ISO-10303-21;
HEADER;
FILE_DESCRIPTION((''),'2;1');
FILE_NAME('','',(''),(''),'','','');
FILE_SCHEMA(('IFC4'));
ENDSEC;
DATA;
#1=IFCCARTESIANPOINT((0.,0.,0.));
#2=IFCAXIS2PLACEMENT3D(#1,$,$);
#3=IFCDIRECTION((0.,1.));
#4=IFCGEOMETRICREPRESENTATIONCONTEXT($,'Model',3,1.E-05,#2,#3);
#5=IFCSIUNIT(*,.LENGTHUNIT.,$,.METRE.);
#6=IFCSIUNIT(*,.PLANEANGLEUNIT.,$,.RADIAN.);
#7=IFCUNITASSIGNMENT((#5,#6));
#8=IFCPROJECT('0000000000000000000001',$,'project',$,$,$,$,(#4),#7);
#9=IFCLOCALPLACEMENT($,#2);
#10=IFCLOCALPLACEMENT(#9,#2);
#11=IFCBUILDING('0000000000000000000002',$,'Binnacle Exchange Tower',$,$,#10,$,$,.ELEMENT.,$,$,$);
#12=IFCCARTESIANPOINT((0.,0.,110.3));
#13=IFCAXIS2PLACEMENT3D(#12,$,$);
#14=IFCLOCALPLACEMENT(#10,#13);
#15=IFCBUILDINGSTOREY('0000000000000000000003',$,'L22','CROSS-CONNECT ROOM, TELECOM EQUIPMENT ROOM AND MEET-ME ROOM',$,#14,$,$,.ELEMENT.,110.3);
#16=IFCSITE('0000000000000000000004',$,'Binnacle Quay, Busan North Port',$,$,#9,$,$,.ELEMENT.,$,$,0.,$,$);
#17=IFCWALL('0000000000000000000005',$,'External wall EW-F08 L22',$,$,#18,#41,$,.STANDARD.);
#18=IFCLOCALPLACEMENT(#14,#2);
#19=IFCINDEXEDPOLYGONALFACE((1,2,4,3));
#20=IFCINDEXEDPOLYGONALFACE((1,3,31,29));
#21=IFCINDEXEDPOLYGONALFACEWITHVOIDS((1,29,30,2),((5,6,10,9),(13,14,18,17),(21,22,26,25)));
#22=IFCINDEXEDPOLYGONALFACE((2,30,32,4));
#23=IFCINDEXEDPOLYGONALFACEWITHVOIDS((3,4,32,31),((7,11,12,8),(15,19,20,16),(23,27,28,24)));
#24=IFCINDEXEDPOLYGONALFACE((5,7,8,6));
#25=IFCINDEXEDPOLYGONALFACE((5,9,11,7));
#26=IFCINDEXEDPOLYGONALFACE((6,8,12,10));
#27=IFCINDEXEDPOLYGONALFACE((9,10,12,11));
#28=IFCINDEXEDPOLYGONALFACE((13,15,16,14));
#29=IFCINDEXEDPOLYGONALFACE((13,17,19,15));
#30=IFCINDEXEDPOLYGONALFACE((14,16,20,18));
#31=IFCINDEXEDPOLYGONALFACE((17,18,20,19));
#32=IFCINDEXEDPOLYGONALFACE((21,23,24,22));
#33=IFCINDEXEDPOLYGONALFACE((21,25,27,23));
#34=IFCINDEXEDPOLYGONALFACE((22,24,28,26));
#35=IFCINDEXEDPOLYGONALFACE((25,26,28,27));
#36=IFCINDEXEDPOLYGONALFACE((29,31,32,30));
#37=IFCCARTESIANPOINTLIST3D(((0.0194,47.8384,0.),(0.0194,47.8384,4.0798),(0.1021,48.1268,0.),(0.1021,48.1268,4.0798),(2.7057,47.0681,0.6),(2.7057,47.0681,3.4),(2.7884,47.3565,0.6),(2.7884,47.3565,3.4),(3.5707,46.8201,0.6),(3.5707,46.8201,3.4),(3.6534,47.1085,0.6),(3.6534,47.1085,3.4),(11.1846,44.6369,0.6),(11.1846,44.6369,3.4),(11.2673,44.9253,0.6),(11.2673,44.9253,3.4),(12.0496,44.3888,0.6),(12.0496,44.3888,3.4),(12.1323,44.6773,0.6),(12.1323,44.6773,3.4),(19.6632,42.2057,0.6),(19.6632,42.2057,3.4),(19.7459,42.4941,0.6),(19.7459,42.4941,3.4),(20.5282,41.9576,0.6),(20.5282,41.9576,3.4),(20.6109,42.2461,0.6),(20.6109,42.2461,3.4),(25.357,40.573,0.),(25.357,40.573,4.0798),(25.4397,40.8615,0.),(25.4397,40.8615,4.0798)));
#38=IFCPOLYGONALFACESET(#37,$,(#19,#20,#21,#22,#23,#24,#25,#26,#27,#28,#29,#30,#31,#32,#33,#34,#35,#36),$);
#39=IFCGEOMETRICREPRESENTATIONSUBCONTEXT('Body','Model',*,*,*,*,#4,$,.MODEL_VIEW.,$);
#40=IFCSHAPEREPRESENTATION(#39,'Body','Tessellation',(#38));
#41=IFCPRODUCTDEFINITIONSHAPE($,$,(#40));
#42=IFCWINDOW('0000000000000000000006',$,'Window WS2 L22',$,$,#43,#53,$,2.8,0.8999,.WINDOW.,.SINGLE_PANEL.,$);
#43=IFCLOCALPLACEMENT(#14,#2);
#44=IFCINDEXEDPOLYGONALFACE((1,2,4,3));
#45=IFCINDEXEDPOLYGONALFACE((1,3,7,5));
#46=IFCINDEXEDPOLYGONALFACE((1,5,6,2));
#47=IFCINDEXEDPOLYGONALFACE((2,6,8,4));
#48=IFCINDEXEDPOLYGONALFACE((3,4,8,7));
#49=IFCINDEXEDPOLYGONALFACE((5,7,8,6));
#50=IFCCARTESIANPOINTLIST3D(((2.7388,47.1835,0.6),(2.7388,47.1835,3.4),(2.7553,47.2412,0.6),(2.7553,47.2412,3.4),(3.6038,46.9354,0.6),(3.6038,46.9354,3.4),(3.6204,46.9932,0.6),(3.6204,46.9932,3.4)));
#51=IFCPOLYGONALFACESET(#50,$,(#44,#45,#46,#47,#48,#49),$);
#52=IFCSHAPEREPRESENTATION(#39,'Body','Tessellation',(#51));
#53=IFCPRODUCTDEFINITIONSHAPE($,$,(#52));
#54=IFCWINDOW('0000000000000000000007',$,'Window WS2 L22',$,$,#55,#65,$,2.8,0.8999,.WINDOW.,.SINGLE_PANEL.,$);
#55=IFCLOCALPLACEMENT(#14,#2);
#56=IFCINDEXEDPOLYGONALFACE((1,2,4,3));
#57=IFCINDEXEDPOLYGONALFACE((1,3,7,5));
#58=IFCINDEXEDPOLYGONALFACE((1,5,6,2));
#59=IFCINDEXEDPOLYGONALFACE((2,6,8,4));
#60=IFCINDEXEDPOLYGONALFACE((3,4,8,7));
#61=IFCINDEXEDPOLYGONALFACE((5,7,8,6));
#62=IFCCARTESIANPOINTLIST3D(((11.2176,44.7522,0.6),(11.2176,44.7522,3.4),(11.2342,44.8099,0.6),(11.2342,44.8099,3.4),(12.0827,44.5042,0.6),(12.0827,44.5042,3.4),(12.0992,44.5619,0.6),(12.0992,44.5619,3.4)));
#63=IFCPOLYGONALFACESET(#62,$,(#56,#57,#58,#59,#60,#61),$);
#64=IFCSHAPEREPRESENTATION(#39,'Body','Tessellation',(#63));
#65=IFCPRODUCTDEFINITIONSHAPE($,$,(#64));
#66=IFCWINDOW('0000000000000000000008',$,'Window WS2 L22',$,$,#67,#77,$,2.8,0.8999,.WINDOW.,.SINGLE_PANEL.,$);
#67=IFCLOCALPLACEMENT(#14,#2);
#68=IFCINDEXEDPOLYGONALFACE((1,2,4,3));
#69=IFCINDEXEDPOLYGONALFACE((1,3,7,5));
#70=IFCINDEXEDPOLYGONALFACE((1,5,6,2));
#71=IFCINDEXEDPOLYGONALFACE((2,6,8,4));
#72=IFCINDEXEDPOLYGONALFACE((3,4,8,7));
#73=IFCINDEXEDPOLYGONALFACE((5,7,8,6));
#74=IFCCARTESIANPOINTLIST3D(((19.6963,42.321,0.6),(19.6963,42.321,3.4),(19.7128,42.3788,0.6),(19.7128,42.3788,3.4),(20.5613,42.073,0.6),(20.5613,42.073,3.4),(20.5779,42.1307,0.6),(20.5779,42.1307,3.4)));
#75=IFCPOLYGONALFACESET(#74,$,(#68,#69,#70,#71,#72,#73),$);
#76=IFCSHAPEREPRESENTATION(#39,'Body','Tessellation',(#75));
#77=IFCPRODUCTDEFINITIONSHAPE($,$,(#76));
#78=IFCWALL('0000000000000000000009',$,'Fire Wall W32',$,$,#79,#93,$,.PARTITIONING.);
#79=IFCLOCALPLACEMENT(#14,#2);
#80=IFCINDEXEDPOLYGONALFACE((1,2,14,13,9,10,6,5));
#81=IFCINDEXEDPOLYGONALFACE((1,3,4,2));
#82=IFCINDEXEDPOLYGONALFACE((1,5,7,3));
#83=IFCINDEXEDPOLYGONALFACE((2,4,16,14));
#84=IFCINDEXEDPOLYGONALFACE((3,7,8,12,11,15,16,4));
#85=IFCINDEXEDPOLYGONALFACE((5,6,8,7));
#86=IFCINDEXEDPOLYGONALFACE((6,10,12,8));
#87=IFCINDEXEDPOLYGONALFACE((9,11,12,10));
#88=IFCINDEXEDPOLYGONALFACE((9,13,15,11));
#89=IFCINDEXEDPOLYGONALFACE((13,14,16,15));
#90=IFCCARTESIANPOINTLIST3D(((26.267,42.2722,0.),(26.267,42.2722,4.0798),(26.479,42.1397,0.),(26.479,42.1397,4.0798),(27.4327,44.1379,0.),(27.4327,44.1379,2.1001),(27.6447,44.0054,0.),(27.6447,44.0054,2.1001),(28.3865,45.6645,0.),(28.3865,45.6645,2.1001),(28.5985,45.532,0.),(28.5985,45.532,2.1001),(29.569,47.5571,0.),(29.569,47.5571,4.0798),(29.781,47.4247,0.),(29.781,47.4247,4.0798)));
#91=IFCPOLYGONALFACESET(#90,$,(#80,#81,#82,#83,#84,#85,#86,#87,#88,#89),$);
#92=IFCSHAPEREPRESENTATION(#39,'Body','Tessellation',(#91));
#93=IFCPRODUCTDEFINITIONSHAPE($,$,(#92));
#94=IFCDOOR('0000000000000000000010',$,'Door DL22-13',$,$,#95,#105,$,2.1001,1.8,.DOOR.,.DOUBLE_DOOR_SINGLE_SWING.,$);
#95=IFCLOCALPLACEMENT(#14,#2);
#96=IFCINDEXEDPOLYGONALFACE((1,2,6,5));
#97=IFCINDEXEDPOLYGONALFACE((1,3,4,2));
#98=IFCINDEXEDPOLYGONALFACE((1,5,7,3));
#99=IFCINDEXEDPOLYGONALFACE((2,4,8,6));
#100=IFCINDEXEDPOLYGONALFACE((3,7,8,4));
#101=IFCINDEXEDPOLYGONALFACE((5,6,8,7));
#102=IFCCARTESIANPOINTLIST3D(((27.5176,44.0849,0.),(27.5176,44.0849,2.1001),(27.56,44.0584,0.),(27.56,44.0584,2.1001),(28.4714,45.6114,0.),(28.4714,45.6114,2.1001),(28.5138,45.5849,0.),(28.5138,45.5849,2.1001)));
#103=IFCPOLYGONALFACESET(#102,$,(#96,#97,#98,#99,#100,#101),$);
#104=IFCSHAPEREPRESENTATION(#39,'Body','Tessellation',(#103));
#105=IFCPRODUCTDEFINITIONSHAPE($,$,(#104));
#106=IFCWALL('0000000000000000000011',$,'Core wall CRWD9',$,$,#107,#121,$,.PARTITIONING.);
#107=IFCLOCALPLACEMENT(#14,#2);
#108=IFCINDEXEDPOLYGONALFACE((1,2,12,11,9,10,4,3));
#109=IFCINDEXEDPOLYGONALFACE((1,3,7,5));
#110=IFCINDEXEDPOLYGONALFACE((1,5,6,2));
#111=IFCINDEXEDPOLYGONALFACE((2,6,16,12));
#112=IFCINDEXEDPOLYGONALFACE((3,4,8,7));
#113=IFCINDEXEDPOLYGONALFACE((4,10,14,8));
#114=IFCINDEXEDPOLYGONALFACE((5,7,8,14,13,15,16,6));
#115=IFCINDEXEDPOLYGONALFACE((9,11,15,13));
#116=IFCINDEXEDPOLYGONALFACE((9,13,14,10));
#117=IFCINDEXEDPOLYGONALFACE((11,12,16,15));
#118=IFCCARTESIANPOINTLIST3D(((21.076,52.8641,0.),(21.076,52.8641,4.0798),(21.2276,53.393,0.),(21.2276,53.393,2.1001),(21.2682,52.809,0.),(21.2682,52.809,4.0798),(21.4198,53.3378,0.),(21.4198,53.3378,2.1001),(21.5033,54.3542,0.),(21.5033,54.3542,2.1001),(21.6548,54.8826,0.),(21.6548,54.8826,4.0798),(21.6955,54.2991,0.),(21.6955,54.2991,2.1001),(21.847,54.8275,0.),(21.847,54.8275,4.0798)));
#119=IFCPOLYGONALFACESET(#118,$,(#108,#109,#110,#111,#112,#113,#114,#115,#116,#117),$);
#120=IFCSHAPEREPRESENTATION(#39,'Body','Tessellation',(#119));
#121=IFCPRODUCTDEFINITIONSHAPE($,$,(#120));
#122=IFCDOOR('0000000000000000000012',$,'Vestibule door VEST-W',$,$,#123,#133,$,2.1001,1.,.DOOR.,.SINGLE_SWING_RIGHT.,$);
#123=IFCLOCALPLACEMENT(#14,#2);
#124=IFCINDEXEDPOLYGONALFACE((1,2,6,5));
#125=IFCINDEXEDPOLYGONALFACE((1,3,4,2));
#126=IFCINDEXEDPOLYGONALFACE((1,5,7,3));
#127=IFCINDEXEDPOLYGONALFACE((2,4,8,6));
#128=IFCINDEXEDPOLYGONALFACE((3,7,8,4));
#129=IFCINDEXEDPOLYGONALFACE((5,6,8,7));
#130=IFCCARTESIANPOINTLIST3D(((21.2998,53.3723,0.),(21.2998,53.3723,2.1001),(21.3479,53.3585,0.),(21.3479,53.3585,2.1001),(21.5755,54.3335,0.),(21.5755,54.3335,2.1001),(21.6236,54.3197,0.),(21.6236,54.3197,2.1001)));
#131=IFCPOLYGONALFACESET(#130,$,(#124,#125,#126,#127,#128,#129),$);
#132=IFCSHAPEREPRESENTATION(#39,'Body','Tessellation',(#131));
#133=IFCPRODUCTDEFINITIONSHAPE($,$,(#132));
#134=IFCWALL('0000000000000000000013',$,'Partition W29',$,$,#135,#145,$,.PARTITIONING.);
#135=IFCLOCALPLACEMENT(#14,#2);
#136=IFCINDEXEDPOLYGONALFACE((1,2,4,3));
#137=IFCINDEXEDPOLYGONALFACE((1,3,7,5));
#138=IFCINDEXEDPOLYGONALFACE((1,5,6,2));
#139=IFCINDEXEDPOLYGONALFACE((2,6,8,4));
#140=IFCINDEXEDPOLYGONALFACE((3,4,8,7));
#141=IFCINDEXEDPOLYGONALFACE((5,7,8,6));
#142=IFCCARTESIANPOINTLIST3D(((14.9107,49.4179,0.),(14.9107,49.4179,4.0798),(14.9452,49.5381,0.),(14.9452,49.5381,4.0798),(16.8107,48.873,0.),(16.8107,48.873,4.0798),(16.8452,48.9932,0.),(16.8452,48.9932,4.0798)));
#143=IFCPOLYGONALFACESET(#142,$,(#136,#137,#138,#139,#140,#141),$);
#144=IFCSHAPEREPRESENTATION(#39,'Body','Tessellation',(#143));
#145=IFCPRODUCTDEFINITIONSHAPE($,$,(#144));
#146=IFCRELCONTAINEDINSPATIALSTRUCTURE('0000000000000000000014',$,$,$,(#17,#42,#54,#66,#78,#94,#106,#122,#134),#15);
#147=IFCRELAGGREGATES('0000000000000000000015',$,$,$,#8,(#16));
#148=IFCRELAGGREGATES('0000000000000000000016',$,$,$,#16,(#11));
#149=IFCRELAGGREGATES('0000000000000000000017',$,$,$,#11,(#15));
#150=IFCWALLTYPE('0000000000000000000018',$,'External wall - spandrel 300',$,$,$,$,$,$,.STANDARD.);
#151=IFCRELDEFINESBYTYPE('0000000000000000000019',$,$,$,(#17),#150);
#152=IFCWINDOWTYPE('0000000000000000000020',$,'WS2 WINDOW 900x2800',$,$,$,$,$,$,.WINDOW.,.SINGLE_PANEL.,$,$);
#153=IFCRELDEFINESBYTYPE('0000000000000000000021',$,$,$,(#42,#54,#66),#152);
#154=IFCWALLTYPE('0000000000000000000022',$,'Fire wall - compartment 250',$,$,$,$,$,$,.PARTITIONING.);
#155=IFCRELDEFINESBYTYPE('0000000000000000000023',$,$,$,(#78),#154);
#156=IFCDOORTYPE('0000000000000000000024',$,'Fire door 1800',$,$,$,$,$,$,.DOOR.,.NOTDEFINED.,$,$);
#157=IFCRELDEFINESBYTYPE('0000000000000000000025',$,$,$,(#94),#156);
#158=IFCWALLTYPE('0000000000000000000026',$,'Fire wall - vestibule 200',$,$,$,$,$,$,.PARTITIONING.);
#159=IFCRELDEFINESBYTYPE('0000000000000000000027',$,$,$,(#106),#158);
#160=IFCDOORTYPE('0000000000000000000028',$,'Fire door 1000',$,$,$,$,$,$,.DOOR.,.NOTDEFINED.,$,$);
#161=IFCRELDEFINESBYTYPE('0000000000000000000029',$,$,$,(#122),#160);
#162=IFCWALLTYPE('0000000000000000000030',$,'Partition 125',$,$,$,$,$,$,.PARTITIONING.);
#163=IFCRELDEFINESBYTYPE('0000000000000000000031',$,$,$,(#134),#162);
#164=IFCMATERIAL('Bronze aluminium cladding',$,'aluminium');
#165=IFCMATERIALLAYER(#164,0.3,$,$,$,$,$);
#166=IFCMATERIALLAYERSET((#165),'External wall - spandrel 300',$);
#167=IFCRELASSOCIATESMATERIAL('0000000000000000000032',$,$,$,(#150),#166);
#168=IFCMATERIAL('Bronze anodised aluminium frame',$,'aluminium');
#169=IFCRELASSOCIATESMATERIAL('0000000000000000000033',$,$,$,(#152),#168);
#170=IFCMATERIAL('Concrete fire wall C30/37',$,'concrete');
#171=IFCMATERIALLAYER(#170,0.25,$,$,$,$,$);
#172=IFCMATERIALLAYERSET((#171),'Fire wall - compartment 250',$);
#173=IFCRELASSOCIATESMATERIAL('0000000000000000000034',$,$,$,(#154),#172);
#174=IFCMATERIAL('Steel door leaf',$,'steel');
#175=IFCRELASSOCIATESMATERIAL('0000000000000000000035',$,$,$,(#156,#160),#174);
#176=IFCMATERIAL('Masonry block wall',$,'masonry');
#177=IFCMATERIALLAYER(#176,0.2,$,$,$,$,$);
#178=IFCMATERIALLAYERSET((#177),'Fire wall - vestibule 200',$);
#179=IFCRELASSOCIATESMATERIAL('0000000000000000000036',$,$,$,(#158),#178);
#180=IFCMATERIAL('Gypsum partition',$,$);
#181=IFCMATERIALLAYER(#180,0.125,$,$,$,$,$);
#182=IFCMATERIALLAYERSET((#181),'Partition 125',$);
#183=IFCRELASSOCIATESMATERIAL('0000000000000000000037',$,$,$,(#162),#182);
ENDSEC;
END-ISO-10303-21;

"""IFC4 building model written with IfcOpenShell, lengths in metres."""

from ifc_helpers import new_model, si_unit, direction, frame, frame_2d, origin, place, context, subcontext, project, spatial, rectangle, extrude, material, layer, layer_set, type_object, element, fill, save


model = new_model("IFC4")

# Units and contexts
model_context = context("Model", 3, precision=1e-05, world=origin(), true_north=direction((0.0, 1.0)))
body_context = subcontext(model_context, "Body", "Model", "MODEL_VIEW")
ifc_project = project(units=[si_unit("LENGTHUNIT", "METRE"), si_unit("PLANEANGLEUNIT", "RADIAN")], contexts=[model_context])

# Site, building, storey
site_placement = place(None, origin())
site = spatial("IfcSite", under=ifc_project, at=site_placement, Name="Binnacle Quay, Busan North Port", CompositionType="ELEMENT", RefElevation=0.0)
building_placement = place(site_placement, origin())
building = spatial("IfcBuilding", under=site, at=building_placement, Name="Binnacle Exchange Tower", CompositionType="ELEMENT")
storey_placement = place(building_placement, frame((0.0, 0.0, 110.3)))
storey = spatial("IfcBuildingStorey", under=building, at=storey_placement, Name="L22", Description="CROSS-CONNECT ROOM, TELECOM EQUIPMENT ROOM AND MEET-ME ROOM", CompositionType="ELEMENT", Elevation=110.3)

# Shared definitions
ifc_material_1 = material(Name="Steel door leaf", Category="steel")

# Wall, openings, windows
ifc_material_2 = material(Name="Bronze aluminium cladding", Category="aluminium")
ifc_layer_1 = layer(ifc_material_2, 0.3)
ifc_layer_set_1 = layer_set([ifc_layer_1], Name="External wall - spandrel 300")
wall_type_1 = type_object("IfcWallType", Name="External wall - spandrel 300", PredefinedType="STANDARD", material=ifc_layer_set_1)
wall_1_placement = place(storey_placement, frame((25.3982, 40.7173, 0.0), z_axis=(0.0, 0.0, 1.0), x_axis=(-0.961262, 0.275635, 0.0)))
wall_1 = element("IfcWall", 1, at=wall_1_placement, inside=storey, type_object=wall_type_1, Name="External wall EW-F08 L22", PredefinedType="STANDARD", context=body_context, shape_type="SweptSolid", body=[
    extrude(rectangle(XDim=26.3586, YDim=0.3, at=frame_2d((13.1792, 0.0))), origin(), (0.0, 0.0, 1.0), 4.0798),
])
opening_1_placement = place(wall_1_placement, frame((22.6641, 0.0, 0.6001)))
opening_1 = element("IfcOpeningElement", 2, at=opening_1_placement, cuts=wall_1, PredefinedType="OPENING", context=body_context, shape_type="SweptSolid", body=[
    extrude(rectangle(XDim=0.8999, YDim=2.8, at=frame_2d((0.45, 1.3999))), frame((0.0, 0.1599, 0.0), z_axis=(0.0, -1.0, 0.0), x_axis=(1.0, 0.0, 0.0)), (0.0, 0.0, 1.0), 0.3201),
])
opening_2_placement = place(wall_1_placement, frame((13.8435, 0.0, 0.6001)))
opening_2 = element("IfcOpeningElement", 3, at=opening_2_placement, cuts=wall_1, PredefinedType="OPENING", context=body_context, shape_type="SweptSolid", body=[
    extrude(rectangle(XDim=0.8999, YDim=2.8, at=frame_2d((0.45, 1.3999))), frame((0.0, 0.1599, 0.0), z_axis=(0.0, -1.0, 0.0), x_axis=(1.0, 0.0, 0.0)), (0.0, 0.0, 1.0), 0.3201),
])
opening_3_placement = place(wall_1_placement, frame((5.0232, 0.0, 0.6001)))
opening_3 = element("IfcOpeningElement", 4, at=opening_3_placement, cuts=wall_1, PredefinedType="OPENING", context=body_context, shape_type="SweptSolid", body=[
    extrude(rectangle(XDim=0.8999, YDim=2.8, at=frame_2d((0.45, 1.3999))), frame((0.0, 0.1599, 0.0), z_axis=(0.0, -1.0, 0.0), x_axis=(1.0, 0.0, 0.0)), (0.0, 0.0, 1.0), 0.3201),
])
ifc_material_3 = material(Name="Bronze anodised aluminium frame", Category="aluminium")
window_type = type_object("IfcWindowType", Name="WS2 WINDOW 900x2800", PartitioningType="SINGLE_PANEL", PredefinedType="WINDOW", material=ifc_material_3)
window_1_placement = place(opening_1_placement, origin())
window_1 = element("IfcWindow", 5, at=window_1_placement, inside=storey, type_object=window_type, Name="Window WS2 L22", OverallHeight=2.8, OverallWidth=0.8999, PartitioningType="SINGLE_PANEL", PredefinedType="WINDOW", context=body_context, shape_type="SweptSolid", body=[
    extrude(rectangle(XDim=0.8999, YDim=2.8, at=frame_2d((0.45, 1.3999))), frame((0.0, 0.03, 0.0), z_axis=(0.0, -1.0, 0.0), x_axis=(1.0, 0.0, 0.0)), (0.0, 0.0, 1.0), 0.0601),
])
fill(opening_1, window_1)
window_2_placement = place(opening_2_placement, origin())
window_2 = element("IfcWindow", 6, at=window_2_placement, inside=storey, type_object=window_type, Name="Window WS2 L22", OverallHeight=2.8, OverallWidth=0.8999, PartitioningType="SINGLE_PANEL", PredefinedType="WINDOW", context=body_context, shape_type="SweptSolid", body=[
    extrude(rectangle(XDim=0.8999, YDim=2.8, at=frame_2d((0.45, 1.3999))), frame((0.0, 0.03, 0.0), z_axis=(0.0, -1.0, 0.0), x_axis=(1.0, 0.0, 0.0)), (0.0, 0.0, 1.0), 0.0601),
])
fill(opening_2, window_2)
window_3_placement = place(opening_3_placement, origin())
window_3 = element("IfcWindow", 7, at=window_3_placement, inside=storey, type_object=window_type, Name="Window WS2 L22", OverallHeight=2.8, OverallWidth=0.8999, PartitioningType="SINGLE_PANEL", PredefinedType="WINDOW", context=body_context, shape_type="SweptSolid", body=[
    extrude(rectangle(XDim=0.8999, YDim=2.8, at=frame_2d((0.45, 1.3999))), frame((0.0, 0.03, 0.0), z_axis=(0.0, -1.0, 0.0), x_axis=(1.0, 0.0, 0.0)), (0.0, 0.0, 1.0), 0.0601),
])
fill(opening_3, window_3)

# Walls, openings, doors
ifc_material_4 = material(Name="Concrete fire wall C30/37", Category="concrete")
ifc_layer_2 = layer(ifc_material_4, 0.25)
ifc_layer_set_2 = layer_set([ifc_layer_2], Name="Fire wall - compartment 250")
wall_type_2 = type_object("IfcWallType", Name="Fire wall - compartment 250", PredefinedType="PARTITIONING", material=ifc_layer_set_2)
wall_2_placement = place(storey_placement, frame((26.373, 42.2061, 0.0), z_axis=(0.0, 0.0, 1.0), x_axis=(0.529876, 0.848075, 0.0)))
wall_2 = element("IfcWall", 8, at=wall_2_placement, inside=storey, type_object=wall_type_2, Name="Fire Wall W32", PredefinedType="PARTITIONING", context=body_context, shape_type="SweptSolid", body=[
    extrude(rectangle(XDim=6.2317, YDim=0.25, at=frame_2d((3.1157, 0.0))), origin(), (0.0, 0.0, 1.0), 4.0798),
])
opening_4_placement = place(wall_2_placement, frame((2.2, 0.0, 0.0)))
opening_4 = element("IfcOpeningElement", 9, at=opening_4_placement, cuts=wall_2, PredefinedType="OPENING", context=body_context, shape_type="SweptSolid", body=[
    extrude(rectangle(XDim=1.8, YDim=2.1001, at=frame_2d((0.8999, 1.05))), frame((0.0, 0.135, 0.0), z_axis=(0.0, -1.0, 0.0), x_axis=(1.0, 0.0, 0.0)), (0.0, 0.0, 1.0), 0.27),
])
door_type_1 = type_object("IfcDoorType", Name="Fire door 1800", OperationType="NOTDEFINED", PredefinedType="DOOR", material=ifc_material_1)
door_1_placement = place(opening_4_placement, origin())
door_1 = element("IfcDoor", 10, at=door_1_placement, inside=storey, type_object=door_type_1, Name="Door DL22-13", OperationType="DOUBLE_DOOR_SINGLE_SWING", OverallHeight=2.1001, OverallWidth=1.8, PredefinedType="DOOR", context=body_context, shape_type="SweptSolid", body=[
    extrude(rectangle(XDim=1.8, YDim=2.1001, at=frame_2d((0.8999, 1.05))), frame((0.0, 0.0249, 0.0), z_axis=(0.0, -1.0, 0.0), x_axis=(1.0, 0.0, 0.0)), (0.0, 0.0, 1.0), 0.05),
])
fill(opening_4, door_1)
ifc_material_5 = material(Name="Masonry block wall", Category="masonry")
ifc_layer_3 = layer(ifc_material_5, 0.2)
ifc_layer_set_3 = layer_set([ifc_layer_3], Name="Fire wall - vestibule 200")
wall_type_3 = type_object("IfcWallType", Name="Fire wall - vestibule 200", PredefinedType="PARTITIONING", material=ifc_layer_set_3)
wall_3_placement = place(storey_placement, frame((21.1721, 52.8367, 0.0), z_axis=(0.0, 0.0, 1.0), x_axis=(0.275658, 0.961256, 0.0)))
wall_3 = element("IfcWall", 11, at=wall_3_placement, inside=storey, type_object=wall_type_3, Name="Core wall CRWD9", PredefinedType="PARTITIONING", context=body_context, shape_type="SweptSolid", body=[
    extrude(rectangle(XDim=2.0999, YDim=0.2, at=frame_2d((1.0498, 0.0))), origin(), (0.0, 0.0, 1.0), 4.0798),
])
opening_5_placement = place(wall_3_placement, frame((0.55, 0.0, 0.0)))
opening_5 = element("IfcOpeningElement", 12, at=opening_5_placement, cuts=wall_3, PredefinedType="OPENING", context=body_context, shape_type="SweptSolid", body=[
    extrude(rectangle(XDim=1.0, YDim=2.1001, at=frame_2d((0.5, 1.05))), frame((0.0, 0.1099, 0.0), z_axis=(0.0, -1.0, 0.0), x_axis=(1.0, 0.0, 0.0)), (0.0, 0.0, 1.0), 0.22),
])
door_type_2 = type_object("IfcDoorType", Name="Fire door 1000", OperationType="NOTDEFINED", PredefinedType="DOOR", material=ifc_material_1)
door_2_placement = place(opening_5_placement, origin())
door_2 = element("IfcDoor", 13, at=door_2_placement, inside=storey, type_object=door_type_2, Name="Vestibule door VEST-W", OperationType="SINGLE_SWING_RIGHT", OverallHeight=2.1001, OverallWidth=1.0, PredefinedType="DOOR", context=body_context, shape_type="SweptSolid", body=[
    extrude(rectangle(XDim=1.0, YDim=2.1001, at=frame_2d((0.5, 1.05))), frame((0.0, 0.0249, 0.0), z_axis=(0.0, -1.0, 0.0), x_axis=(1.0, 0.0, 0.0)), (0.0, 0.0, 1.0), 0.05),
])
fill(opening_5, door_2)

# Wall
ifc_material_6 = material(Name="Gypsum partition")
ifc_layer_4 = layer(ifc_material_6, 0.125)
ifc_layer_set_4 = layer_set([ifc_layer_4], Name="Partition 125")
wall_type_4 = type_object("IfcWallType", Name="Partition 125", PredefinedType="PARTITIONING", material=ifc_layer_set_4)
wall_4_placement = place(storey_placement, frame((14.928, 49.478, 0.0), z_axis=(0.0, 0.0, 1.0), x_axis=(0.961244, -0.2757, 0.0)))
element("IfcWall", 14, at=wall_4_placement, inside=storey, type_object=wall_type_4, Name="Partition W29", PredefinedType="PARTITIONING", context=body_context, shape_type="SweptSolid", body=[
    extrude(rectangle(XDim=1.9766, YDim=0.125, at=frame_2d((0.9883, 0.0))), origin(), (0.0, 0.0, 1.0), 4.0798),
])

save(model, "model.ifc")
